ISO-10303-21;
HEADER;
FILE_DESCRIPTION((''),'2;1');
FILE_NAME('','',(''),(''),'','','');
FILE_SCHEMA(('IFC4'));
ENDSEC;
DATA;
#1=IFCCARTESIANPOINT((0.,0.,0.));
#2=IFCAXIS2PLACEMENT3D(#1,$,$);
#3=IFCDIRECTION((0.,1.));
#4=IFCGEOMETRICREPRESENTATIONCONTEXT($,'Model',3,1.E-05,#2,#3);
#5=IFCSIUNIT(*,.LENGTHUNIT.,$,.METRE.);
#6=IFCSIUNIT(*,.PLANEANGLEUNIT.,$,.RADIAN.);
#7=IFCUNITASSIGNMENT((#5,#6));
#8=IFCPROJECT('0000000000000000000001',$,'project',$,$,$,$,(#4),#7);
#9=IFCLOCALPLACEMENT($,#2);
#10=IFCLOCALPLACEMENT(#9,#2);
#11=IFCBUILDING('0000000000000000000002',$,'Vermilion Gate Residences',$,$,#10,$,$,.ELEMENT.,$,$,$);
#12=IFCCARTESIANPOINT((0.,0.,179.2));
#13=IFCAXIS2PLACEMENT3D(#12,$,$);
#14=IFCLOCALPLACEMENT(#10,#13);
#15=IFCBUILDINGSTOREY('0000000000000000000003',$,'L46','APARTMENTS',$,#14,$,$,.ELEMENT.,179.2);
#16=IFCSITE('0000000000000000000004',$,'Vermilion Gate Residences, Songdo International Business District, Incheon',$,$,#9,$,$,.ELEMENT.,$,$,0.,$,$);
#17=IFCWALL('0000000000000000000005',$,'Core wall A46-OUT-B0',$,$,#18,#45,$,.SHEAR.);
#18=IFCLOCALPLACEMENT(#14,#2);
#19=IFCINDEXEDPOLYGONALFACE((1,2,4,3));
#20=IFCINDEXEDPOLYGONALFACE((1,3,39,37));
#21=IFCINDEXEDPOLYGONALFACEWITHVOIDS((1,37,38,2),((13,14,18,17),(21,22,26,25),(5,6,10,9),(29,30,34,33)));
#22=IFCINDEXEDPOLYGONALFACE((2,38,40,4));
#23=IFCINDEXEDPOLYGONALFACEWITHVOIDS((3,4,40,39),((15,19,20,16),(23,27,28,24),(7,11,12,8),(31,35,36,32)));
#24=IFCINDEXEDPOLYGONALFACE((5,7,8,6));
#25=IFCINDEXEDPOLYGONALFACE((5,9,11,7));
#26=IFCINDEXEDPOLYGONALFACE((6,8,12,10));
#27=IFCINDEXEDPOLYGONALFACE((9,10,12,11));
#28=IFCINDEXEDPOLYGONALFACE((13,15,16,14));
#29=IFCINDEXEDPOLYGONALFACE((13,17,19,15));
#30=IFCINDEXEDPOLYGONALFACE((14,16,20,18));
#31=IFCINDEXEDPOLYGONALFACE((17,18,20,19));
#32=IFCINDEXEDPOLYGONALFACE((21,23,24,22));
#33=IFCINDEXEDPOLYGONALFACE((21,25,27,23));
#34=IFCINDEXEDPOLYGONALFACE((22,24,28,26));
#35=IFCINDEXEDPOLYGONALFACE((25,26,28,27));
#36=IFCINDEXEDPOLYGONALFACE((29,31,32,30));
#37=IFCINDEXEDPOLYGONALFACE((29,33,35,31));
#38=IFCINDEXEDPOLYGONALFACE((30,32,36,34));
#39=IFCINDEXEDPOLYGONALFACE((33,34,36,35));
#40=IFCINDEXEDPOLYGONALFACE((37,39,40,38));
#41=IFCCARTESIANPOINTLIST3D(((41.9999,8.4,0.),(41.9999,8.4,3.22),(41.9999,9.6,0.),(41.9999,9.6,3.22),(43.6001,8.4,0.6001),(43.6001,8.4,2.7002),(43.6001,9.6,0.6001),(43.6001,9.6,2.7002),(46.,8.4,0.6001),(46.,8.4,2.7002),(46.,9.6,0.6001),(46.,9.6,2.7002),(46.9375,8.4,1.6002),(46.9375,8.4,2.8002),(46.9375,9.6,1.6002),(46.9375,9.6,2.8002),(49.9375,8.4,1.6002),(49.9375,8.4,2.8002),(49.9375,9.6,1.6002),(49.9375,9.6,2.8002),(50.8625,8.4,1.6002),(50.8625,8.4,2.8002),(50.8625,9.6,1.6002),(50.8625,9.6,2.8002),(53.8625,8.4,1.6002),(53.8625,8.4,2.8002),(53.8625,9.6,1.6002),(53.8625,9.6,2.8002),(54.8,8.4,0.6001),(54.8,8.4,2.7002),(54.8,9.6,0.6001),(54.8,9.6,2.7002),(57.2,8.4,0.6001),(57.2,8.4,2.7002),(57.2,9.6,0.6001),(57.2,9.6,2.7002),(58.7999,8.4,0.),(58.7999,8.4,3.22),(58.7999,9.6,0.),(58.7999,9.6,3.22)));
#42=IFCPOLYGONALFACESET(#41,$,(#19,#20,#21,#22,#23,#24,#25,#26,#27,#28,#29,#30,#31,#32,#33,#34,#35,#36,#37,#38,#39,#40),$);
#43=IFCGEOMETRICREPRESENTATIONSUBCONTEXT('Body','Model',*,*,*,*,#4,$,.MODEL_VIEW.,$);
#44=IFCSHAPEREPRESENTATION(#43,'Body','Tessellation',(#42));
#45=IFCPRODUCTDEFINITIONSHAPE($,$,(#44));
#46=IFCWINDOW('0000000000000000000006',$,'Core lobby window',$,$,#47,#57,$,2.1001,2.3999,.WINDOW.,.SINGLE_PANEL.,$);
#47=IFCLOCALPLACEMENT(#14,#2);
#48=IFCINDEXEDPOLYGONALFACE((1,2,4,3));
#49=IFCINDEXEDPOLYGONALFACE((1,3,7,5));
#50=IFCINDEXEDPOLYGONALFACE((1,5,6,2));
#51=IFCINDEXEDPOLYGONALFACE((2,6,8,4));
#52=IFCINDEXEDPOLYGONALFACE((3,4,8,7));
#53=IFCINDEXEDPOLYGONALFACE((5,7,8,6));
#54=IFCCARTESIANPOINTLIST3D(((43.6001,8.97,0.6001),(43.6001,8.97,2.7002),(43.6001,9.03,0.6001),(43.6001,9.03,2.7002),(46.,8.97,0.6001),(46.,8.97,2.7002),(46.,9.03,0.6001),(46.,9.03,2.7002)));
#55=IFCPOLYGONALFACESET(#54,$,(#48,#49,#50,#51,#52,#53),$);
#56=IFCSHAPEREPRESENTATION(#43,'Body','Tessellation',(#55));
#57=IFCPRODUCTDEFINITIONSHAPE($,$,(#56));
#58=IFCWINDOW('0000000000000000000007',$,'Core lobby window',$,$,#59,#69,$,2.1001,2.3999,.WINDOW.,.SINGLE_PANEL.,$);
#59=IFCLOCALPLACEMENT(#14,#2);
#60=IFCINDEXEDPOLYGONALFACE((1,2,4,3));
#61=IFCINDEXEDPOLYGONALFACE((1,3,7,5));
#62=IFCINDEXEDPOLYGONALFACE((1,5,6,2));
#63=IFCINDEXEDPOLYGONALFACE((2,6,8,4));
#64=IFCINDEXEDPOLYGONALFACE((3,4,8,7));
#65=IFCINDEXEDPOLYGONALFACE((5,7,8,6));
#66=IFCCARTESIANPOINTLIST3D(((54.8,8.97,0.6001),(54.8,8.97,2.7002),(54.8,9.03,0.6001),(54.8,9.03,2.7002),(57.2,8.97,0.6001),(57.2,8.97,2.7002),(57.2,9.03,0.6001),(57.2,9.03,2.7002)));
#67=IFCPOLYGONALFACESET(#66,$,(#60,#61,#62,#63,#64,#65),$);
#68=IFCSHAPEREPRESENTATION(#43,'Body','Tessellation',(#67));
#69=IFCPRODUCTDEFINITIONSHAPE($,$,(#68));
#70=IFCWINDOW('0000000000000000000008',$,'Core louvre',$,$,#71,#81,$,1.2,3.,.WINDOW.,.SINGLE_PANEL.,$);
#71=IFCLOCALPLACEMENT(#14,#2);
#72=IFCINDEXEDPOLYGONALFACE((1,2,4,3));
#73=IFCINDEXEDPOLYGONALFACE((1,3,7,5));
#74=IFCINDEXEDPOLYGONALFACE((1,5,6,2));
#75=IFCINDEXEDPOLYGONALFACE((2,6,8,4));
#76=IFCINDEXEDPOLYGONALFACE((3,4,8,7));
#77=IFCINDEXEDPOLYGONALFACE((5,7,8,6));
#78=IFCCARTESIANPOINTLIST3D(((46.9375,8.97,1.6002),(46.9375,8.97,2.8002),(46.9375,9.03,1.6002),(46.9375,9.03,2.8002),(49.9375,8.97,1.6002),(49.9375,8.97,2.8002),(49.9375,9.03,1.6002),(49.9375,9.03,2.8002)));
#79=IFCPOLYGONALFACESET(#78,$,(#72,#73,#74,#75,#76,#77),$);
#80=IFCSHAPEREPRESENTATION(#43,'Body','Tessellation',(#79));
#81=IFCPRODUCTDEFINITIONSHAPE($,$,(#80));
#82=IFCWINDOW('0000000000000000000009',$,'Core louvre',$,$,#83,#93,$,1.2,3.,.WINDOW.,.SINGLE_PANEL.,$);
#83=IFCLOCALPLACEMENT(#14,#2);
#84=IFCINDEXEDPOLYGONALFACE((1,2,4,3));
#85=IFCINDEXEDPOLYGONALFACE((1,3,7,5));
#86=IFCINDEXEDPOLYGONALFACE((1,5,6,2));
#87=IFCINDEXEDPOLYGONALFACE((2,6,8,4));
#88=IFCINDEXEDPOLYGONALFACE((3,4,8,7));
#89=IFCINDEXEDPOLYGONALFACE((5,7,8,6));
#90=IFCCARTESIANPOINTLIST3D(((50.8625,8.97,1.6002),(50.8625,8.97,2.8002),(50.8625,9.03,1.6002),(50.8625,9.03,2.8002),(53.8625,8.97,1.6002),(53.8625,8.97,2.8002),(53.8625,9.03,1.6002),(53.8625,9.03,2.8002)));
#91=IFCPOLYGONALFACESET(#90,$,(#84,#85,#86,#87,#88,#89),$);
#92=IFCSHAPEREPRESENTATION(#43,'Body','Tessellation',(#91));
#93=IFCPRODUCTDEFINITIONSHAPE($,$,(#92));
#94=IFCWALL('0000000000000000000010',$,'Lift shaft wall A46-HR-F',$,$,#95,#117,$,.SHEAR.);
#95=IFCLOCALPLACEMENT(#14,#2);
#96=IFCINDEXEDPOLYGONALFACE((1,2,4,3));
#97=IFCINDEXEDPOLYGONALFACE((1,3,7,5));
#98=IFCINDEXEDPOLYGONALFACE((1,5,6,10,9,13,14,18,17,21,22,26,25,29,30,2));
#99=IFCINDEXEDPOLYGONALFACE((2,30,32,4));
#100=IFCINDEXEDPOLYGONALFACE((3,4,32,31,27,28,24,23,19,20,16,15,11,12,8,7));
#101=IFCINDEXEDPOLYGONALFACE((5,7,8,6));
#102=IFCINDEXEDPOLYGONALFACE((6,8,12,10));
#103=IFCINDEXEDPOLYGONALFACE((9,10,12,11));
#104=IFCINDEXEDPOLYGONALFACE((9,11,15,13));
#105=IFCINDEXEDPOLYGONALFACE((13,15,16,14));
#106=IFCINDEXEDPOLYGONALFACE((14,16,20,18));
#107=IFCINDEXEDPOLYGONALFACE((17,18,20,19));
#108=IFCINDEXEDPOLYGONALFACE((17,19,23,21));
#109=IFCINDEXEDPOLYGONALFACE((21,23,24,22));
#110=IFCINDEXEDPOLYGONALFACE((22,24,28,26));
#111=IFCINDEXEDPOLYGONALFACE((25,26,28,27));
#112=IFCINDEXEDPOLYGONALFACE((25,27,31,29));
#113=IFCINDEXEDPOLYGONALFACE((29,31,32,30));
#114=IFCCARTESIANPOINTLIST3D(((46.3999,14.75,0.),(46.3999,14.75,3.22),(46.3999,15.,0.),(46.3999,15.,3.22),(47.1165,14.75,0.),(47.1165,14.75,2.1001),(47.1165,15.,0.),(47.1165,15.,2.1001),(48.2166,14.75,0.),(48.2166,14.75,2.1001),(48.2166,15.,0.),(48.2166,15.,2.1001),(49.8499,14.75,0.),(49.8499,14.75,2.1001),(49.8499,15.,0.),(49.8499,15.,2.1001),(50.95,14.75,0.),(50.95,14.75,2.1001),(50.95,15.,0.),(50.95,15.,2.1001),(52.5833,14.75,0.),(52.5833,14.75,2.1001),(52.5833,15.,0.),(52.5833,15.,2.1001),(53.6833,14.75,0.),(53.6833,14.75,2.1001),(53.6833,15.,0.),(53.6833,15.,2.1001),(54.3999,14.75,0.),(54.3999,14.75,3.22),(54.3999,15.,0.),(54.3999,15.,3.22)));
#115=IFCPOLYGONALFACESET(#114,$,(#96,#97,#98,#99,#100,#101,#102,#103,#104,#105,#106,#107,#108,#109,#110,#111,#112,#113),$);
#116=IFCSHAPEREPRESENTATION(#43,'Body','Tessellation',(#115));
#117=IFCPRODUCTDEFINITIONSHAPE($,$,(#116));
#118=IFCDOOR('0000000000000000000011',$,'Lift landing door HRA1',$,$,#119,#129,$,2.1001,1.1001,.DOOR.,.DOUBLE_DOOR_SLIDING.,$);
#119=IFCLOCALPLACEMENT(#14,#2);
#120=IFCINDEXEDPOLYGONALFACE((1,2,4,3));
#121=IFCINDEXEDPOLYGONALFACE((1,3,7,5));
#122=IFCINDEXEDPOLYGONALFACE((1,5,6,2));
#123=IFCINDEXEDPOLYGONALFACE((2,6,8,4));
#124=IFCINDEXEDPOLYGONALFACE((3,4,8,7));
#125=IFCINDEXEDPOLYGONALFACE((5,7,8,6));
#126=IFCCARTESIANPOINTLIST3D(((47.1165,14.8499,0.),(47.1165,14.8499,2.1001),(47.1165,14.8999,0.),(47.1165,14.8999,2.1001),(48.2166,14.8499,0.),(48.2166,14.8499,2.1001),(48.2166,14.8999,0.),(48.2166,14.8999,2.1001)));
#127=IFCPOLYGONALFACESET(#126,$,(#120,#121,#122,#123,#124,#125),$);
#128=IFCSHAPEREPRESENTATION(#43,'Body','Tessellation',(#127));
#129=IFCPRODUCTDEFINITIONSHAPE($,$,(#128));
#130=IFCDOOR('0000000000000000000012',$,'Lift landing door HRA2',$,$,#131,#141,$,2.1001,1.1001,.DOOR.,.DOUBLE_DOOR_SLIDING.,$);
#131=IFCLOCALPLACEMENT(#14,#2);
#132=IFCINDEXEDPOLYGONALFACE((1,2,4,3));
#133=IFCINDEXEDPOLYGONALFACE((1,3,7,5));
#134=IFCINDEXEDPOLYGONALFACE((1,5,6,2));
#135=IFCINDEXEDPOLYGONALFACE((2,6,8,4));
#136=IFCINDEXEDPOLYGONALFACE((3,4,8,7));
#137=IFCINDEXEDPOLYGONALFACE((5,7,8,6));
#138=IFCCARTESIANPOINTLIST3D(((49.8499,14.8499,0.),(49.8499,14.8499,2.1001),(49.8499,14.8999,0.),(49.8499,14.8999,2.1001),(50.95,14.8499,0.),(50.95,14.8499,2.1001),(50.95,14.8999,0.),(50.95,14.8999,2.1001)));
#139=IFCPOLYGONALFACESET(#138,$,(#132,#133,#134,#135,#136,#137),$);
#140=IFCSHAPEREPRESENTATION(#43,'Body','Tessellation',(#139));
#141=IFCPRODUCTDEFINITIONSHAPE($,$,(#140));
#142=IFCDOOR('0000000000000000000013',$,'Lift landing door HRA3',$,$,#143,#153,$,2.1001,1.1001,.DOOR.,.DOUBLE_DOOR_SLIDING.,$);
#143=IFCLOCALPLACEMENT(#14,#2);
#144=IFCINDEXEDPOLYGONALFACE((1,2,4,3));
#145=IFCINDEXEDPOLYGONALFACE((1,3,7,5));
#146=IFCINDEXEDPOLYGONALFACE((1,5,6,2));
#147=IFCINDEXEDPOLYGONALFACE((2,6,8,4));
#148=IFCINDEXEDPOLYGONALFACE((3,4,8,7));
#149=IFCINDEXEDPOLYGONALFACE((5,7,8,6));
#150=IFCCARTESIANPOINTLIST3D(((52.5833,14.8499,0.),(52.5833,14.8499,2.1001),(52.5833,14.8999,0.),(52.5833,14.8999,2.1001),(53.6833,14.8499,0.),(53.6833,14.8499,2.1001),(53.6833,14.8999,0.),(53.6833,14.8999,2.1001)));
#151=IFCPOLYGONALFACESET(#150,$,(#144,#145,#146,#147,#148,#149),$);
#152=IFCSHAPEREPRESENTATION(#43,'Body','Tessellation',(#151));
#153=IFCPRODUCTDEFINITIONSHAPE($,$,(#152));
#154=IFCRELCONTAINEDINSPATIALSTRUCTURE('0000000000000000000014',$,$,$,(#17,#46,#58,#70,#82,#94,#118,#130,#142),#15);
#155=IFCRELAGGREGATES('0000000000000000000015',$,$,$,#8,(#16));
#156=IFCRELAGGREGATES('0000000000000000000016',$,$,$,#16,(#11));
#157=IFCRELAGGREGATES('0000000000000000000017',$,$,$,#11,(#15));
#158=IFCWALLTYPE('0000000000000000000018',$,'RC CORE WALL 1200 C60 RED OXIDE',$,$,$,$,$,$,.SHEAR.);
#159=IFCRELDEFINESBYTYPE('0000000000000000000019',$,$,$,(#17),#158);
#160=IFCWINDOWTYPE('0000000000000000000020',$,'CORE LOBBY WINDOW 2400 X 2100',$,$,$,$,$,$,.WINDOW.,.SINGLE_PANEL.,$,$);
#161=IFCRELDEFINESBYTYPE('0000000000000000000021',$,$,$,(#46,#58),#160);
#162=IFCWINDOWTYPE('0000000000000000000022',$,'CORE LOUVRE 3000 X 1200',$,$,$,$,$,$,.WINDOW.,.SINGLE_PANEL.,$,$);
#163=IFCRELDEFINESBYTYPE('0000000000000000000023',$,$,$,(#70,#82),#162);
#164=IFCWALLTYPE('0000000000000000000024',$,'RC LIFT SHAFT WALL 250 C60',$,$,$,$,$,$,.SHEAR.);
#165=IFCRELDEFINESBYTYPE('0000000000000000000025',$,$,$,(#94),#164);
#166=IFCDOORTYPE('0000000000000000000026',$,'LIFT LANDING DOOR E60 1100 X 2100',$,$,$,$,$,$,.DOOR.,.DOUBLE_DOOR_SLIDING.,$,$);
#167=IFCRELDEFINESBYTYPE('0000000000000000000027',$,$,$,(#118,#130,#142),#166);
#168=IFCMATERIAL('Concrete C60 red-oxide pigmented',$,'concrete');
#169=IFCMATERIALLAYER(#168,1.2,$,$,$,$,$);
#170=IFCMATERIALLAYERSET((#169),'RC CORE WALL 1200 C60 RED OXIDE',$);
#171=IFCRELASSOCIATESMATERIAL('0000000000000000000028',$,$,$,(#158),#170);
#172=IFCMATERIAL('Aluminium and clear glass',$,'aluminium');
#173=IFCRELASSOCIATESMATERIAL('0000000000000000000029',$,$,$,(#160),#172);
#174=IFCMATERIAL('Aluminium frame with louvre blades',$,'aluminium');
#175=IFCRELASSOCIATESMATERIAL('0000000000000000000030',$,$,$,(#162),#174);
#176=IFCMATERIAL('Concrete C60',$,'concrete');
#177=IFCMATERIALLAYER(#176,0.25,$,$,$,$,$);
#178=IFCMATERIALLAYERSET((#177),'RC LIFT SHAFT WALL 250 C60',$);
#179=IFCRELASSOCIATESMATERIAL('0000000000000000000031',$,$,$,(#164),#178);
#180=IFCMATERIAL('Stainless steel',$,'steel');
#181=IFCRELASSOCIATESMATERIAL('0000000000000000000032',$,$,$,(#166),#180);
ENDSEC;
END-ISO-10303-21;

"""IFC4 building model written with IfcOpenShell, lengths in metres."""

from ifc_helpers import new_model, si_unit, direction, frame, frame_2d, origin, place, context, subcontext, project, spatial, rectangle, extrude, material, layer, layer_set, type_object, element, fill, save


model = new_model("IFC4")

# Units and contexts
model_context = context("Model", 3, precision=1e-05, world=origin(), true_north=direction((0.0, 1.0)))
body_context = subcontext(model_context, "Body", "Model", "MODEL_VIEW")
ifc_project = project(units=[si_unit("LENGTHUNIT", "METRE"), si_unit("PLANEANGLEUNIT", "RADIAN")], contexts=[model_context])

# Site, building, storey
site_placement = place(None, origin())
site = spatial("IfcSite", under=ifc_project, at=site_placement, Name="Vermilion Gate Residences, Songdo International Business District, Incheon", CompositionType="ELEMENT", RefElevation=0.0)
building_placement = place(site_placement, origin())
building = spatial("IfcBuilding", under=site, at=building_placement, Name="Vermilion Gate Residences", CompositionType="ELEMENT")
storey_placement = place(building_placement, frame((0.0, 0.0, 179.2)))
storey = spatial("IfcBuildingStorey", under=building, at=storey_placement, Name="L46", Description="APARTMENTS", CompositionType="ELEMENT", Elevation=179.2)

# Wall, openings, windows
ifc_material_1 = material(Name="Concrete C60 red-oxide pigmented", Category="concrete")
ifc_layer_1 = layer(ifc_material_1, 1.2)
ifc_layer_set_1 = layer_set([ifc_layer_1], Name="RC CORE WALL 1200 C60 RED OXIDE")
wall_type_1 = type_object("IfcWallType", Name="RC CORE WALL 1200 C60 RED OXIDE", PredefinedType="SHEAR", material=ifc_layer_set_1)
wall_1_placement = place(storey_placement, frame((42.0, 9.0, 0.0), z_axis=(0.0, 0.0, 1.0), x_axis=(1.0, 0.0, 0.0)))
wall_1 = element("IfcWall", 1, at=wall_1_placement, inside=storey, type_object=wall_type_1, Name="Core wall A46-OUT-B0", PredefinedType="SHEAR", context=body_context, shape_type="SweptSolid", body=[
    extrude(rectangle(XDim=16.8, YDim=1.2, at=frame_2d((8.3999, 0.0))), origin(), (0.0, 0.0, 1.0), 3.22),
])
opening_1_placement = place(wall_1_placement, frame((1.6001, 0.0, 0.6001)))
opening_1 = element("IfcOpeningElement", 2, at=opening_1_placement, cuts=wall_1, PredefinedType="OPENING", context=body_context, shape_type="SweptSolid", body=[
    extrude(rectangle(XDim=2.3999, YDim=2.1001, at=frame_2d((1.2, 1.05))), frame((0.0, 0.6099, 0.0), z_axis=(0.0, -1.0, 0.0), x_axis=(1.0, 0.0, 0.0)), (0.0, 0.0, 1.0), 1.22),
])
opening_2_placement = place(wall_1_placement, frame((4.9375, 0.0, 1.6001)))
opening_2 = element("IfcOpeningElement", 3, at=opening_2_placement, cuts=wall_1, PredefinedType="OPENING", context=body_context, shape_type="SweptSolid", body=[
    extrude(rectangle(XDim=3.0, YDim=1.2, at=frame_2d((1.5, 0.6001))), frame((0.0, 0.6099, 0.0), z_axis=(0.0, -1.0, 0.0), x_axis=(1.0, 0.0, 0.0)), (0.0, 0.0, 1.0), 1.22),
])
opening_3_placement = place(wall_1_placement, frame((8.8625, 0.0, 1.6001)))
opening_3 = element("IfcOpeningElement", 4, at=opening_3_placement, cuts=wall_1, PredefinedType="OPENING", context=body_context, shape_type="SweptSolid", body=[
    extrude(rectangle(XDim=3.0, YDim=1.2, at=frame_2d((1.5, 0.6001))), frame((0.0, 0.6099, 0.0), z_axis=(0.0, -1.0, 0.0), x_axis=(1.0, 0.0, 0.0)), (0.0, 0.0, 1.0), 1.22),
])
opening_4_placement = place(wall_1_placement, frame((12.8, 0.0, 0.6001)))
opening_4 = element("IfcOpeningElement", 5, at=opening_4_placement, cuts=wall_1, PredefinedType="OPENING", context=body_context, shape_type="SweptSolid", body=[
    extrude(rectangle(XDim=2.3999, YDim=2.1001, at=frame_2d((1.2, 1.05))), frame((0.0, 0.6099, 0.0), z_axis=(0.0, -1.0, 0.0), x_axis=(1.0, 0.0, 0.0)), (0.0, 0.0, 1.0), 1.22),
])
ifc_material_2 = material(Name="Aluminium and clear glass", Category="aluminium")
window_type_1 = type_object("IfcWindowType", Name="CORE LOBBY WINDOW 2400 X 2100", PartitioningType="SINGLE_PANEL", PredefinedType="WINDOW", material=ifc_material_2)
window_1_placement = place(opening_1_placement, origin())
window_1 = element("IfcWindow", 6, at=window_1_placement, inside=storey, type_object=window_type_1, Name="Core lobby window", OverallHeight=2.1001, OverallWidth=2.3999, PartitioningType="SINGLE_PANEL", PredefinedType="WINDOW", context=body_context, shape_type="SweptSolid", body=[
    extrude(rectangle(XDim=2.3999, YDim=2.1001, at=frame_2d((1.2, 1.05))), frame((0.0, 0.03, 0.0), z_axis=(0.0, -1.0, 0.0), x_axis=(1.0, 0.0, 0.0)), (0.0, 0.0, 1.0), 0.0601),
])
fill(opening_1, window_1)
window_2_placement = place(opening_4_placement, origin())
window_2 = element("IfcWindow", 7, at=window_2_placement, inside=storey, type_object=window_type_1, Name="Core lobby window", OverallHeight=2.1001, OverallWidth=2.3999, PartitioningType="SINGLE_PANEL", PredefinedType="WINDOW", context=body_context, shape_type="SweptSolid", body=[
    extrude(rectangle(XDim=2.3999, YDim=2.1001, at=frame_2d((1.2, 1.05))), frame((0.0, 0.03, 0.0), z_axis=(0.0, -1.0, 0.0), x_axis=(1.0, 0.0, 0.0)), (0.0, 0.0, 1.0), 0.0601),
])
fill(opening_4, window_2)
ifc_material_3 = material(Name="Aluminium frame with louvre blades", Category="aluminium")
window_type_2 = type_object("IfcWindowType", Name="CORE LOUVRE 3000 X 1200", PartitioningType="SINGLE_PANEL", PredefinedType="WINDOW", material=ifc_material_3)
window_3_placement = place(opening_2_placement, origin())
window_3 = element("IfcWindow", 8, at=window_3_placement, inside=storey, type_object=window_type_2, Name="Core louvre", OverallHeight=1.2, OverallWidth=3.0, PartitioningType="SINGLE_PANEL", PredefinedType="WINDOW", context=body_context, shape_type="SweptSolid", body=[
    extrude(rectangle(XDim=3.0, YDim=1.2, at=frame_2d((1.5, 0.6001))), frame((0.0, 0.03, 0.0), z_axis=(0.0, -1.0, 0.0), x_axis=(1.0, 0.0, 0.0)), (0.0, 0.0, 1.0), 0.0601),
])
fill(opening_2, window_3)
window_4_placement = place(opening_3_placement, origin())
window_4 = element("IfcWindow", 9, at=window_4_placement, inside=storey, type_object=window_type_2, Name="Core louvre", OverallHeight=1.2, OverallWidth=3.0, PartitioningType="SINGLE_PANEL", PredefinedType="WINDOW", context=body_context, shape_type="SweptSolid", body=[
    extrude(rectangle(XDim=3.0, YDim=1.2, at=frame_2d((1.5, 0.6001))), frame((0.0, 0.03, 0.0), z_axis=(0.0, -1.0, 0.0), x_axis=(1.0, 0.0, 0.0)), (0.0, 0.0, 1.0), 0.0601),
])
fill(opening_3, window_4)

# Wall, openings, doors
ifc_material_4 = material(Name="Concrete C60", Category="concrete")
ifc_layer_2 = layer(ifc_material_4, 0.25)
ifc_layer_set_2 = layer_set([ifc_layer_2], Name="RC LIFT SHAFT WALL 250 C60")
wall_type_2 = type_object("IfcWallType", Name="RC LIFT SHAFT WALL 250 C60", PredefinedType="SHEAR", material=ifc_layer_set_2)
wall_2_placement = place(storey_placement, frame((46.3999, 14.875, 0.0), z_axis=(0.0, 0.0, 1.0), x_axis=(1.0, 0.0, 0.0)))
wall_2 = element("IfcWall", 10, at=wall_2_placement, inside=storey, type_object=wall_type_2, Name="Lift shaft wall A46-HR-F", PredefinedType="SHEAR", context=body_context, shape_type="SweptSolid", body=[
    extrude(rectangle(XDim=8.0, YDim=0.25, at=frame_2d((4.0, 0.0))), origin(), (0.0, 0.0, 1.0), 3.22),
])
opening_5_placement = place(wall_2_placement, frame((0.7166, 0.0, 0.0)))
opening_5 = element("IfcOpeningElement", 11, at=opening_5_placement, cuts=wall_2, PredefinedType="OPENING", context=body_context, shape_type="SweptSolid", body=[
    extrude(rectangle(XDim=1.1001, YDim=2.1001, at=frame_2d((0.55, 1.05))), frame((0.0, 0.135, 0.0), z_axis=(0.0, -1.0, 0.0), x_axis=(1.0, 0.0, 0.0)), (0.0, 0.0, 1.0), 0.27),
])
opening_6_placement = place(wall_2_placement, frame((3.45, 0.0, 0.0)))
opening_6 = element("IfcOpeningElement", 12, at=opening_6_placement, cuts=wall_2, PredefinedType="OPENING", context=body_context, shape_type="SweptSolid", body=[
    extrude(rectangle(XDim=1.1001, YDim=2.1001, at=frame_2d((0.55, 1.05))), frame((0.0, 0.135, 0.0), z_axis=(0.0, -1.0, 0.0), x_axis=(1.0, 0.0, 0.0)), (0.0, 0.0, 1.0), 0.27),
])
opening_7_placement = place(wall_2_placement, frame((6.1833, 0.0, 0.0)))
opening_7 = element("IfcOpeningElement", 13, at=opening_7_placement, cuts=wall_2, PredefinedType="OPENING", context=body_context, shape_type="SweptSolid", body=[
    extrude(rectangle(XDim=1.1001, YDim=2.1001, at=frame_2d((0.55, 1.05))), frame((0.0, 0.135, 0.0), z_axis=(0.0, -1.0, 0.0), x_axis=(1.0, 0.0, 0.0)), (0.0, 0.0, 1.0), 0.27),
])
ifc_material_5 = material(Name="Stainless steel", Category="steel")
door_type_1 = type_object("IfcDoorType", Name="LIFT LANDING DOOR E60 1100 X 2100", OperationType="DOUBLE_DOOR_SLIDING", PredefinedType="DOOR", material=ifc_material_5)
door_1_placement = place(opening_5_placement, origin())
door_1 = element("IfcDoor", 14, at=door_1_placement, inside=storey, type_object=door_type_1, Name="Lift landing door HRA1", OperationType="DOUBLE_DOOR_SLIDING", OverallHeight=2.1001, OverallWidth=1.1001, PredefinedType="DOOR", context=body_context, shape_type="SweptSolid", body=[
    extrude(rectangle(XDim=1.1001, YDim=2.1001, at=frame_2d((0.55, 1.05))), frame((0.0, 0.0249, 0.0), z_axis=(0.0, -1.0, 0.0), x_axis=(1.0, 0.0, 0.0)), (0.0, 0.0, 1.0), 0.05),
])
fill(opening_5, door_1)
door_2_placement = place(opening_6_placement, origin())
door_2 = element("IfcDoor", 15, at=door_2_placement, inside=storey, type_object=door_type_1, Name="Lift landing door HRA2", OperationType="DOUBLE_DOOR_SLIDING", OverallHeight=2.1001, OverallWidth=1.1001, PredefinedType="DOOR", context=body_context, shape_type="SweptSolid", body=[
    extrude(rectangle(XDim=1.1001, YDim=2.1001, at=frame_2d((0.55, 1.05))), frame((0.0, 0.0249, 0.0), z_axis=(0.0, -1.0, 0.0), x_axis=(1.0, 0.0, 0.0)), (0.0, 0.0, 1.0), 0.05),
])
fill(opening_6, door_2)
door_3_placement = place(opening_7_placement, origin())
door_3 = element("IfcDoor", 16, at=door_3_placement, inside=storey, type_object=door_type_1, Name="Lift landing door HRA3", OperationType="DOUBLE_DOOR_SLIDING", OverallHeight=2.1001, OverallWidth=1.1001, PredefinedType="DOOR", context=body_context, shape_type="SweptSolid", body=[
    extrude(rectangle(XDim=1.1001, YDim=2.1001, at=frame_2d((0.55, 1.05))), frame((0.0, 0.0249, 0.0), z_axis=(0.0, -1.0, 0.0), x_axis=(1.0, 0.0, 0.0)), (0.0, 0.0, 1.0), 0.05),
])
fill(opening_7, door_3)

save(model, "model.ifc")
